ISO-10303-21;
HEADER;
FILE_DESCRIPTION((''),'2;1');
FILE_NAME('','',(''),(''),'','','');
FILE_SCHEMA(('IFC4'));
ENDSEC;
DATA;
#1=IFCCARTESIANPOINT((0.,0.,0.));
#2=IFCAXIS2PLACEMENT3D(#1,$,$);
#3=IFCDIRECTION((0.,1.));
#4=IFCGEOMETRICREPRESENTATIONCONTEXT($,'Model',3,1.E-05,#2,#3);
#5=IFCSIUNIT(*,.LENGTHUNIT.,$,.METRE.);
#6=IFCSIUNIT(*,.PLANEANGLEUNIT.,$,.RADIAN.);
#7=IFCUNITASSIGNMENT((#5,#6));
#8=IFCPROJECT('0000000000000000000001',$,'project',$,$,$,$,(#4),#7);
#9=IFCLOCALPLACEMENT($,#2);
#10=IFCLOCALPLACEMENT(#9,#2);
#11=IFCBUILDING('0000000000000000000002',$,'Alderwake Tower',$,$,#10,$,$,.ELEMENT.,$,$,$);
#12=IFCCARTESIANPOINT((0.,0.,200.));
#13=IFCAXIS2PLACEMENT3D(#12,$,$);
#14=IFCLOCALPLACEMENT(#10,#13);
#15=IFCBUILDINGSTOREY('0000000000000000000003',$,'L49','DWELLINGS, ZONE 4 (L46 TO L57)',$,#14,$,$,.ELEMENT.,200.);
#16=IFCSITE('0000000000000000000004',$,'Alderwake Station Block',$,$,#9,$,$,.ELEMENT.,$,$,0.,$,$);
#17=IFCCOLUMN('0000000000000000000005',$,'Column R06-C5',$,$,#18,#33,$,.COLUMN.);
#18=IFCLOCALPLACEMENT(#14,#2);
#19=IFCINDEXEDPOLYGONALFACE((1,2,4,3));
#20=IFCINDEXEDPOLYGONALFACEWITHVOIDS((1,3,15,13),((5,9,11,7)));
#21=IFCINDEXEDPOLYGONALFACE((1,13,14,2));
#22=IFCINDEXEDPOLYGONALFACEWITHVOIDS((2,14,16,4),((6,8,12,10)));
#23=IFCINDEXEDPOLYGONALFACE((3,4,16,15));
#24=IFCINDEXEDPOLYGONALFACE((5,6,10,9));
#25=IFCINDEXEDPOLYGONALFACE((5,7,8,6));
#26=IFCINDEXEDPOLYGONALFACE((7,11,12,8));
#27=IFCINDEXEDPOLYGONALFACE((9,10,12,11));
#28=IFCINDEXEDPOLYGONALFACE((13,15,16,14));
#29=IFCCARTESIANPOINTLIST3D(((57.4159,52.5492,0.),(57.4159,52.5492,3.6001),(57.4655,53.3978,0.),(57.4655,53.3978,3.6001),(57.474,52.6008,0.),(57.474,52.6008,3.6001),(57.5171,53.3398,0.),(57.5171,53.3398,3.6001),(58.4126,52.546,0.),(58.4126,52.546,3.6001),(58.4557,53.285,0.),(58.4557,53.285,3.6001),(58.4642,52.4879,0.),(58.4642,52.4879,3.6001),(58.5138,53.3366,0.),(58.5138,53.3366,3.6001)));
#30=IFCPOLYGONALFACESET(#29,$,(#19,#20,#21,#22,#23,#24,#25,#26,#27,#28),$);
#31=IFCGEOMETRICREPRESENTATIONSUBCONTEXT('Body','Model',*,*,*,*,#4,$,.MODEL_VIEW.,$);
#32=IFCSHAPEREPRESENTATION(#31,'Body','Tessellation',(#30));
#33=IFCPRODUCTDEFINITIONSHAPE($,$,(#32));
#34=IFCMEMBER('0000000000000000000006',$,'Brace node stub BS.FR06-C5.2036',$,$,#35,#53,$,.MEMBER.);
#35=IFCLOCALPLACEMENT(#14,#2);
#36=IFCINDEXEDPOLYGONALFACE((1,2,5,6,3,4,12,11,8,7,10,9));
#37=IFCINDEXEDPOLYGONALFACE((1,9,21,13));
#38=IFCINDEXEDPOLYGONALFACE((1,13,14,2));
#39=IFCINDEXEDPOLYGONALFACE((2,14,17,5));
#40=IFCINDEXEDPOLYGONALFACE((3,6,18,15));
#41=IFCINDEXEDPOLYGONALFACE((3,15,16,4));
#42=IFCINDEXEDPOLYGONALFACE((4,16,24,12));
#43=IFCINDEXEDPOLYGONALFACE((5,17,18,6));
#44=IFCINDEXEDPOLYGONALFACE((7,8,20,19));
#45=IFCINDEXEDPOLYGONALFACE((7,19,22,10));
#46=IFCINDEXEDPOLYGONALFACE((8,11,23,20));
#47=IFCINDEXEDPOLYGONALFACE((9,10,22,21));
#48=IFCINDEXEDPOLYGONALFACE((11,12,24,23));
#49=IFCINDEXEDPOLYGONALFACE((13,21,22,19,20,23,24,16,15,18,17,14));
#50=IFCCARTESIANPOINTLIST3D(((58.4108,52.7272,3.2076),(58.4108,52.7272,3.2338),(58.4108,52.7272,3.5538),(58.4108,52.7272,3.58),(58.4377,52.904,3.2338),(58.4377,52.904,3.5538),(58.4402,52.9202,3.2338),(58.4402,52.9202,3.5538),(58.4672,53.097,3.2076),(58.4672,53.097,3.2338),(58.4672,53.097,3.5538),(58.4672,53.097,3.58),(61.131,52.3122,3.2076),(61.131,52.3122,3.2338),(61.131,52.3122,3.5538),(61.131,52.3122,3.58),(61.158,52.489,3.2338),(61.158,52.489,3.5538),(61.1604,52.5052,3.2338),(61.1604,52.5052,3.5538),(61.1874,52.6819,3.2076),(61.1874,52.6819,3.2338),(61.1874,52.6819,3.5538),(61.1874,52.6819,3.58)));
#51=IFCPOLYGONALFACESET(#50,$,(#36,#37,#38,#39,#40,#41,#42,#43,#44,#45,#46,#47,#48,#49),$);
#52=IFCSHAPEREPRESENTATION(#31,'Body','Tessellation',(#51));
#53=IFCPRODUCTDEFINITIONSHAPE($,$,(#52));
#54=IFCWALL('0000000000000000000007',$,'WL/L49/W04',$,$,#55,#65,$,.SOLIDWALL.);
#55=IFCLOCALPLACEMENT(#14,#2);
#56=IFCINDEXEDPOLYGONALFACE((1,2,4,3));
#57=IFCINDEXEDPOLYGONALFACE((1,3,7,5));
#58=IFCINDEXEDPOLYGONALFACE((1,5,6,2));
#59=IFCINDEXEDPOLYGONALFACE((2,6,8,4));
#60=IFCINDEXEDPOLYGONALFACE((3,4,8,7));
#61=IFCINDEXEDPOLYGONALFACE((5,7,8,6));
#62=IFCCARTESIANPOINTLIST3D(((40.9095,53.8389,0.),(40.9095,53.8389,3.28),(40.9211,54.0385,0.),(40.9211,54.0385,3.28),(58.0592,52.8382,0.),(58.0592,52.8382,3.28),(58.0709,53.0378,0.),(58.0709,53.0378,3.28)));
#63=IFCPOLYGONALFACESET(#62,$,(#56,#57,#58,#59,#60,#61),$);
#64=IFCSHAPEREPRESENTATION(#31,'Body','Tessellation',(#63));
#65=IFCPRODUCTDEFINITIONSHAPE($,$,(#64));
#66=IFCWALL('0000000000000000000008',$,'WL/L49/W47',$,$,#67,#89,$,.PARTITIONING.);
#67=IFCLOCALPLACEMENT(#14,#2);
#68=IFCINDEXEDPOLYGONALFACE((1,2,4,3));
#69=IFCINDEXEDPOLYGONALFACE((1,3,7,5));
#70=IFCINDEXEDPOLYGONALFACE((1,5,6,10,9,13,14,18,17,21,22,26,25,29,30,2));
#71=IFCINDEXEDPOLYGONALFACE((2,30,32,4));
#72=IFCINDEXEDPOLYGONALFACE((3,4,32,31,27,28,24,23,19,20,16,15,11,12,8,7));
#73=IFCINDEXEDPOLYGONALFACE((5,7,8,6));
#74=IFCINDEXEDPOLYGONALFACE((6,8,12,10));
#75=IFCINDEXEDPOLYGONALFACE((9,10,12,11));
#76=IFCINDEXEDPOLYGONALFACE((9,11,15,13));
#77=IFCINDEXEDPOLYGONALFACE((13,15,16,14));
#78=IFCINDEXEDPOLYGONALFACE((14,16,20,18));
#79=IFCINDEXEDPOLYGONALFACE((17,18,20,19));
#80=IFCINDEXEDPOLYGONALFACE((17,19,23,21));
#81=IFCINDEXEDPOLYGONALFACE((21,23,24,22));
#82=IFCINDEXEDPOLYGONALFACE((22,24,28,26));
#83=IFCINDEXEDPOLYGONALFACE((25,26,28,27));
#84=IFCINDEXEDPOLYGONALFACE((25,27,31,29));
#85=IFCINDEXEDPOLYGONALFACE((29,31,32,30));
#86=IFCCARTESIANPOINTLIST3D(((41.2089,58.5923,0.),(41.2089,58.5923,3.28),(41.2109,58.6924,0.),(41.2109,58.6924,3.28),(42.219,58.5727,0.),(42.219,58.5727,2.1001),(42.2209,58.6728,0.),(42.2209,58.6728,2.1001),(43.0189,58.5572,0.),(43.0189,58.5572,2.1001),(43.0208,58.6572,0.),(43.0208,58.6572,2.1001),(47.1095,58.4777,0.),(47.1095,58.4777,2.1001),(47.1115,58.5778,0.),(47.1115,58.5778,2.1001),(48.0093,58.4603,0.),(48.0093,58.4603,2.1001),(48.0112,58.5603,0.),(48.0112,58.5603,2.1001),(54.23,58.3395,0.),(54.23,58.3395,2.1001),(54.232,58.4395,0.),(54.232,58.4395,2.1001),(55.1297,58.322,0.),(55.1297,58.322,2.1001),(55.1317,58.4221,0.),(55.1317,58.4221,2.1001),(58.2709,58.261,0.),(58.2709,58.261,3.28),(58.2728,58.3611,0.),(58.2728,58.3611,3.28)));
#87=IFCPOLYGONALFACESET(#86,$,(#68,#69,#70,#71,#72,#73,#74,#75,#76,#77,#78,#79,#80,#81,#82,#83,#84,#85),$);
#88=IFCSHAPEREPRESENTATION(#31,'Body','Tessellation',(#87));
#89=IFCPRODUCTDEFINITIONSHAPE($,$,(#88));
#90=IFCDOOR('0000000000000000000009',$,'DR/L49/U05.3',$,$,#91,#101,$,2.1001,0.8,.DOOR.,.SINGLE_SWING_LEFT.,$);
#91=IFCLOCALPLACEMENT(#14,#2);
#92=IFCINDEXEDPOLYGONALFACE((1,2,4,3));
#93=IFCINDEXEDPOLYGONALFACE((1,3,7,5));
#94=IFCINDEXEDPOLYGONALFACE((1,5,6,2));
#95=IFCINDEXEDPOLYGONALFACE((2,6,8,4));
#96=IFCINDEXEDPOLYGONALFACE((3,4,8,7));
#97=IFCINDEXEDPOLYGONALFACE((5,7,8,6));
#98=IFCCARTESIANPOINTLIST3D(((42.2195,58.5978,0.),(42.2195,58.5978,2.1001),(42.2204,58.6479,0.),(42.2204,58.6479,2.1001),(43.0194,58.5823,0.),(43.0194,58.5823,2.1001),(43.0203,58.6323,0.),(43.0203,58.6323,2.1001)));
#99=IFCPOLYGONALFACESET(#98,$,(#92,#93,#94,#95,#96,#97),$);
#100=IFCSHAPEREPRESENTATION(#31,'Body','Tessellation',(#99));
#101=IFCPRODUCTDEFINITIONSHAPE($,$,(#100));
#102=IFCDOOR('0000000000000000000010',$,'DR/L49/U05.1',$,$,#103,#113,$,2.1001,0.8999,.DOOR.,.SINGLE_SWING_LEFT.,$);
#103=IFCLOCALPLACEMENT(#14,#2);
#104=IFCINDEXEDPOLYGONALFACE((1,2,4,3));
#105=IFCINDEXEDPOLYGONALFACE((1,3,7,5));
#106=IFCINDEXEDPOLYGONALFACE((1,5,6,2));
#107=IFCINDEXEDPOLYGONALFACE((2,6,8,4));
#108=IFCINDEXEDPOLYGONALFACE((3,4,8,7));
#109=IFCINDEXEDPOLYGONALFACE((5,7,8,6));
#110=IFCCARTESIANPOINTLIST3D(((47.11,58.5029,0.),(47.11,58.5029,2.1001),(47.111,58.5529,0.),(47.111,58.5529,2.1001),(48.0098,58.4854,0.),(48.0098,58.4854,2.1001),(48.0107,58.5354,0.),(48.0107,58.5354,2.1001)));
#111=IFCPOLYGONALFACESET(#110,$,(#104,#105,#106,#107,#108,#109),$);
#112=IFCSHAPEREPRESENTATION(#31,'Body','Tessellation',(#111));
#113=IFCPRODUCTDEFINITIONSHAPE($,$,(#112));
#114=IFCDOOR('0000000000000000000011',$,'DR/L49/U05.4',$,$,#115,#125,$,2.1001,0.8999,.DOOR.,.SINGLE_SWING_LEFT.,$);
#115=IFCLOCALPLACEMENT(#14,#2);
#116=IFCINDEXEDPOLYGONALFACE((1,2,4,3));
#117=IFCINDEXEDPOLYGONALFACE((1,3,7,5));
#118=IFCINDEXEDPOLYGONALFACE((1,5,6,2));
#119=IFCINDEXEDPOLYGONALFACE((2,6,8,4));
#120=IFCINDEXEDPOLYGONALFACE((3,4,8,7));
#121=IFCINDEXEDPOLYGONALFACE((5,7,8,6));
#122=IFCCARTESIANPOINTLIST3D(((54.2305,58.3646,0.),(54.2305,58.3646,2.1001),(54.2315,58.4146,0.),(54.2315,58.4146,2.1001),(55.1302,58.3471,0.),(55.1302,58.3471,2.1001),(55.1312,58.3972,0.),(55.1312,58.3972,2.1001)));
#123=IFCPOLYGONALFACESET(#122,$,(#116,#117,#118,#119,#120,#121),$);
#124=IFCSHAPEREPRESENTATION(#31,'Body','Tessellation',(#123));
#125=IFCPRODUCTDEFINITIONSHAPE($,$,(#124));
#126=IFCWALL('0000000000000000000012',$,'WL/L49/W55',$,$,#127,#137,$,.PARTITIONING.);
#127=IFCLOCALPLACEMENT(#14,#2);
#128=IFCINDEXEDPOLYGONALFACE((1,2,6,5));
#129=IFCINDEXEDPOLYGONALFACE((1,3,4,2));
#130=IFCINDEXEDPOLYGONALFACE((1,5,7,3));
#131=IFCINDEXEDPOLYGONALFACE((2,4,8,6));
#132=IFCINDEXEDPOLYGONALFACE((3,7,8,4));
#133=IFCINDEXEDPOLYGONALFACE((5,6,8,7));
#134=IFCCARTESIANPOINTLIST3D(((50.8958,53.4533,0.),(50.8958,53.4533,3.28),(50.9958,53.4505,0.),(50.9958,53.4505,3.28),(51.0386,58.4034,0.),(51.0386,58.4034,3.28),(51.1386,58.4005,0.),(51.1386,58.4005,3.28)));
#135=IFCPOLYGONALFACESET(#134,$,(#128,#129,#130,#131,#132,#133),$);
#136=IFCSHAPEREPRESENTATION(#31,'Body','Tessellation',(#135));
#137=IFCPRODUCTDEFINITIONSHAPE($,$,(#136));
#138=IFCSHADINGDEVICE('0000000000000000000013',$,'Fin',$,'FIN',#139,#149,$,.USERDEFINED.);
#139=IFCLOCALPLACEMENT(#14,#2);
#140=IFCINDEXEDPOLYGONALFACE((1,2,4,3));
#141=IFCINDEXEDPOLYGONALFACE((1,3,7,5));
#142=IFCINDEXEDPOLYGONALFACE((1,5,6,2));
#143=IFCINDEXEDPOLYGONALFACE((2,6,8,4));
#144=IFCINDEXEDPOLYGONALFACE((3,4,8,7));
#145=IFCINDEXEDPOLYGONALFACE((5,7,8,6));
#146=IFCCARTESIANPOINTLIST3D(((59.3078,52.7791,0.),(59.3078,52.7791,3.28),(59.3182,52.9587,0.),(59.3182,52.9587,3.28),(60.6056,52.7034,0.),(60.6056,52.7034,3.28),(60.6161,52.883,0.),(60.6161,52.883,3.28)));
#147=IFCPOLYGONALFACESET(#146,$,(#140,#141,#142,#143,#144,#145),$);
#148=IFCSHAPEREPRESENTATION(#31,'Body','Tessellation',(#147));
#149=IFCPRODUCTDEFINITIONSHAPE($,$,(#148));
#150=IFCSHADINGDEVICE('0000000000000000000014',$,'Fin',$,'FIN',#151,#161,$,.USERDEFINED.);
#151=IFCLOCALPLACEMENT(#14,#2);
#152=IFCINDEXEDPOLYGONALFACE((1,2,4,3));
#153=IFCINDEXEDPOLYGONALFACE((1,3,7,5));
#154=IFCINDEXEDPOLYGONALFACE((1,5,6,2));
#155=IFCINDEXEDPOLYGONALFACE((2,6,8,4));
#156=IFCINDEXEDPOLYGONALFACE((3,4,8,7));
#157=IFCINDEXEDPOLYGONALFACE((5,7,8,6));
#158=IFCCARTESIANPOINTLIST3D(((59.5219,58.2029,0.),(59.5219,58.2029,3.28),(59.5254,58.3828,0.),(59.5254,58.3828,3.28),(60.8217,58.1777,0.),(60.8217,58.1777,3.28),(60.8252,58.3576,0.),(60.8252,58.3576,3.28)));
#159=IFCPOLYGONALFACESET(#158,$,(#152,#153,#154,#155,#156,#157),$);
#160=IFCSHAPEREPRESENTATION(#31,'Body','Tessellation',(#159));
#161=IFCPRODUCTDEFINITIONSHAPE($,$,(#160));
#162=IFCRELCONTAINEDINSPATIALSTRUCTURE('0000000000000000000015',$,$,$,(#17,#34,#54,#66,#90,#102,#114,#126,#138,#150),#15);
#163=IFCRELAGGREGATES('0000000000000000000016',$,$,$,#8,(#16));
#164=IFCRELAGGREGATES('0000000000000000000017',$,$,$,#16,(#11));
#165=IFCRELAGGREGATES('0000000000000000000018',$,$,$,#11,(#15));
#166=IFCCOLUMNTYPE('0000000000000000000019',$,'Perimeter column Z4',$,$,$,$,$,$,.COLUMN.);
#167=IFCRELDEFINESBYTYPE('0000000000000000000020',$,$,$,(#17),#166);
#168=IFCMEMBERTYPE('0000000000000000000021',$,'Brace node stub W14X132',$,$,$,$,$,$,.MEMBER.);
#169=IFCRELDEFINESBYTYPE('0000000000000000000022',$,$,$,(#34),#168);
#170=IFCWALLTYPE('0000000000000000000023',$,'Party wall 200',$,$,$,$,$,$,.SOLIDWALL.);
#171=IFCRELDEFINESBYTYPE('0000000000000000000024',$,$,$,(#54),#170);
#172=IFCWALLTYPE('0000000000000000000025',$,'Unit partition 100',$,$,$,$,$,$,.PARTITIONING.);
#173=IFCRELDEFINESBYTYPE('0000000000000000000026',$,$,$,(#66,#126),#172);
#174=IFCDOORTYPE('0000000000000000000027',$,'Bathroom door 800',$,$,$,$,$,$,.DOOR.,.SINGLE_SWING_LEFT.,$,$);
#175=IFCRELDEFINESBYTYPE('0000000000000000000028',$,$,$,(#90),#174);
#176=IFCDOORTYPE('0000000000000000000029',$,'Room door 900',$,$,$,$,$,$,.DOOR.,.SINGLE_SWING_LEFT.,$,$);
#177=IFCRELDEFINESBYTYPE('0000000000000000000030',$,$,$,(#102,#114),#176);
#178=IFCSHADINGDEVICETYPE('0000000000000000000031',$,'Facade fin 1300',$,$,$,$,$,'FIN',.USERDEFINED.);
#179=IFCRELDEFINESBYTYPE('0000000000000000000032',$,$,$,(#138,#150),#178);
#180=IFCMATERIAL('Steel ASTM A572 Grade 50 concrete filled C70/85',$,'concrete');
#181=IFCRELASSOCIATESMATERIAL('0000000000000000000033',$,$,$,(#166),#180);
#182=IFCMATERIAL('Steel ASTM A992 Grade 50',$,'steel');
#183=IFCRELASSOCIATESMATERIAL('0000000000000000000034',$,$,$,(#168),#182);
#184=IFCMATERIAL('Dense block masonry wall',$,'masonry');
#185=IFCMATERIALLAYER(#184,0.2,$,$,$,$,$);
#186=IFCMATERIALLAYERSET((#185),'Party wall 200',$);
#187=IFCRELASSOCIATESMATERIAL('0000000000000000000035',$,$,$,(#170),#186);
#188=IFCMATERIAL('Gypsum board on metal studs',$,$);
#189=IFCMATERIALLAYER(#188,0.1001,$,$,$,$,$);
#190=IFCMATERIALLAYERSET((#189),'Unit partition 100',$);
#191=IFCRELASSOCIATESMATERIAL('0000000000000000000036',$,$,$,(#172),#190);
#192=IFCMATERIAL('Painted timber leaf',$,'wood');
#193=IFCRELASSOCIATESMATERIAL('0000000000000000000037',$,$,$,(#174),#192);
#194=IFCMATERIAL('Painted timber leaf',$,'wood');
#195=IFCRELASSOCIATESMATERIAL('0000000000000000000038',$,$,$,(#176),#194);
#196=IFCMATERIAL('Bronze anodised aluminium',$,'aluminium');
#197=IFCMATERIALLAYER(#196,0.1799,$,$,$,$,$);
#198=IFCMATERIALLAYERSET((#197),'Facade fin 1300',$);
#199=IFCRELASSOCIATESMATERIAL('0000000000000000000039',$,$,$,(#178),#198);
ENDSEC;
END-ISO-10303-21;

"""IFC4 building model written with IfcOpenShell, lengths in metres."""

from ifc_helpers import new_model, si_unit, direction, frame, frame_2d, origin, origin_2d, place, context, subcontext, project, spatial, rectangle, hollow_rectangle, i_section, extrude, material, layer, layer_set, material_profile, profile_set, type_object, element, fill, save


model = new_model("IFC4")

# Units and contexts
model_context = context("Model", 3, precision=1e-05, world=origin(), true_north=direction((0.0, 1.0)))
body_context = subcontext(model_context, "Body", "Model", "MODEL_VIEW")
ifc_project = project(units=[si_unit("LENGTHUNIT", "METRE"), si_unit("PLANEANGLEUNIT", "RADIAN")], contexts=[model_context])

# Site, building, storey
site_placement = place(None, origin())
site = spatial("IfcSite", under=ifc_project, at=site_placement, Name="Alderwake Station Block", CompositionType="ELEMENT", RefElevation=0.0)
building_placement = place(site_placement, origin())
building = spatial("IfcBuilding", under=site, at=building_placement, Name="Alderwake Tower", CompositionType="ELEMENT")
storey_placement = place(building_placement, frame((0.0, 0.0, 200.0)))
storey = spatial("IfcBuildingStorey", under=building, at=storey_placement, Name="L49", Description="DWELLINGS, ZONE 4 (L46 TO L57)", CompositionType="ELEMENT", Elevation=200.0)

# Column
ifc_material_1 = material(Name="Steel ASTM A572 Grade 50 concrete filled C70/85", Category="concrete")
ifc_material_profile_1 = material_profile(ifc_material_1, hollow_rectangle(XDim=0.8501, YDim=1.05, WallThickness=0.0549, at=origin_2d()), Name="BOX 1050X850X55")
ifc_profile_set_1 = profile_set([ifc_material_profile_1], Name="Steel ASTM A572 Grade 50 concrete filled C70/85")
column_type = type_object("IfcColumnType", Name="Perimeter column Z4", PredefinedType="COLUMN", material=ifc_profile_set_1)
column_placement = place(storey_placement, frame((57.9648, 52.9429, 0.0), z_axis=(0.0, 0.0, 1.0), x_axis=(0.058301, 0.998299, 0.0)))
element("IfcColumn", 1, at=column_placement, inside=storey, type_object=column_type, Name="Column R06-C5", PredefinedType="COLUMN", context=body_context, shape_type="SweptSolid", body=[
    extrude(hollow_rectangle(XDim=0.8501, YDim=1.05, WallThickness=0.0549, at=origin_2d()), origin(), (0.0, 0.0, 1.0), 3.6001),
])

# Member
ifc_material_2 = material(Name="Steel ASTM A992 Grade 50", Category="steel")
ifc_material_profile_2 = material_profile(ifc_material_2, i_section(OverallWidth=0.374, OverallDepth=0.3723, WebThickness=0.0164, FlangeThickness=0.0261, at=origin_2d()), Name="W14X132")
ifc_profile_set_2 = profile_set([ifc_material_profile_2], Name="Steel ASTM A992 Grade 50")
member_type = type_object("IfcMemberType", Name="Brace node stub W14X132", PredefinedType="MEMBER", material=ifc_profile_set_2)
member_placement = place(storey_placement, frame((58.439, 52.9121, 3.3938), z_axis=(0.98856, -0.15083, 0.0), x_axis=(0.15083, 0.98856, 0.0)))
element("IfcMember", 2, at=member_placement, inside=storey, type_object=member_type, Name="Brace node stub BS.FR06-C5.2036", PredefinedType="MEMBER", context=body_context, shape_type="SweptSolid", body=[
    extrude(i_section(OverallWidth=0.374, OverallDepth=0.3723, WebThickness=0.0164, FlangeThickness=0.0261, at=origin_2d()), origin(), (0.0, 0.0, 1.0), 2.7517),
])

# Wall
ifc_material_3 = material(Name="Dense block masonry wall", Category="masonry")
ifc_layer_1 = layer(ifc_material_3, 0.2)
ifc_layer_set_1 = layer_set([ifc_layer_1], Name="Party wall 200")
wall_type_1 = type_object("IfcWallType", Name="Party wall 200", PredefinedType="SOLIDWALL", material=ifc_layer_set_1)
wall_1_placement = place(storey_placement, frame((58.0649, 52.938, 0.0), z_axis=(0.0, 0.0, 1.0), x_axis=(-0.998302, 0.058253, 0.0)))
element("IfcWall", 3, at=wall_1_placement, inside=storey, type_object=wall_type_1, Name="WL/L49/W04", PredefinedType="SOLIDWALL", context=body_context, shape_type="SweptSolid", body=[
    extrude(rectangle(XDim=17.179, YDim=0.2, at=frame_2d((8.5894, 0.0))), origin(), (0.0, 0.0, 1.0), 3.28),
])

# Wall, openings, doors
ifc_material_4 = material(Name="Gypsum board on metal studs")
ifc_layer_2 = layer(ifc_material_4, 0.1001)
ifc_layer_set_2 = layer_set([ifc_layer_2], Name="Unit partition 100")
wall_type_2 = type_object("IfcWallType", Name="Unit partition 100", PredefinedType="PARTITIONING", material=ifc_layer_set_2)
wall_2_placement = place(storey_placement, frame((58.272, 58.311, 0.0), z_axis=(0.0, 0.0, 1.0), x_axis=(-0.999812, 0.019414, 0.0)))
wall_2 = element("IfcWall", 4, at=wall_2_placement, inside=storey, type_object=wall_type_2, Name="WL/L49/W47", PredefinedType="PARTITIONING", context=body_context, shape_type="SweptSolid", body=[
    extrude(rectangle(XDim=17.0652, YDim=0.1001, at=frame_2d((8.5327, 0.0))), origin(), (0.0, 0.0, 1.0), 3.28),
])
opening_1_placement = place(wall_2_placement, frame((10.2637, 0.0, 0.0)))
opening_1 = element("IfcOpeningElement", 5, at=opening_1_placement, cuts=wall_2, PredefinedType="OPENING", context=body_context, shape_type="SweptSolid", body=[
    extrude(rectangle(XDim=0.8999, YDim=2.1001, at=frame_2d((0.45, 1.05))), frame((0.0, 0.0601, 0.0), z_axis=(0.0, -1.0, 0.0), x_axis=(1.0, 0.0, 0.0)), (0.0, 0.0, 1.0), 0.1201),
])
opening_2_placement = place(wall_2_placement, frame((15.2551, 0.0, 0.0)))
opening_2 = element("IfcOpeningElement", 6, at=opening_2_placement, cuts=wall_2, PredefinedType="OPENING", context=body_context, shape_type="SweptSolid", body=[
    extrude(rectangle(XDim=0.8, YDim=2.1001, at=frame_2d((0.3999, 1.05))), frame((0.0, 0.0601, 0.0), z_axis=(0.0, -1.0, 0.0), x_axis=(1.0, 0.0, 0.0)), (0.0, 0.0, 1.0), 0.1201),
])
opening_3_placement = place(wall_2_placement, frame((3.1418, 0.0, 0.0)))
opening_3 = element("IfcOpeningElement", 7, at=opening_3_placement, cuts=wall_2, PredefinedType="OPENING", context=body_context, shape_type="SweptSolid", body=[
    extrude(rectangle(XDim=0.8999, YDim=2.1001, at=frame_2d((0.45, 1.05))), frame((0.0, 0.0601, 0.0), z_axis=(0.0, -1.0, 0.0), x_axis=(1.0, 0.0, 0.0)), (0.0, 0.0, 1.0), 0.1201),
])
ifc_material_5 = material(Name="Painted timber leaf", Category="wood")
door_type_1 = type_object("IfcDoorType", Name="Bathroom door 800", OperationType="SINGLE_SWING_LEFT", PredefinedType="DOOR", material=ifc_material_5)
door_1_placement = place(opening_2_placement, origin())
door_1 = element("IfcDoor", 8, at=door_1_placement, inside=storey, type_object=door_type_1, Name="DR/L49/U05.3", OperationType="SINGLE_SWING_LEFT", OverallHeight=2.1001, OverallWidth=0.8, PredefinedType="DOOR", context=body_context, shape_type="SweptSolid", body=[
    extrude(rectangle(XDim=0.8, YDim=2.1001, at=frame_2d((0.3999, 1.05))), frame((0.0, 0.0249, 0.0), z_axis=(0.0, -1.0, 0.0), x_axis=(1.0, 0.0, 0.0)), (0.0, 0.0, 1.0), 0.05),
])
fill(opening_2, door_1)
ifc_material_6 = material(Name="Painted timber leaf", Category="wood")
door_type_2 = type_object("IfcDoorType", Name="Room door 900", OperationType="SINGLE_SWING_LEFT", PredefinedType="DOOR", material=ifc_material_6)
door_2_placement = place(opening_1_placement, origin())
door_2 = element("IfcDoor", 9, at=door_2_placement, inside=storey, type_object=door_type_2, Name="DR/L49/U05.1", OperationType="SINGLE_SWING_LEFT", OverallHeight=2.1001, OverallWidth=0.8999, PredefinedType="DOOR", context=body_context, shape_type="SweptSolid", body=[
    extrude(rectangle(XDim=0.8999, YDim=2.1001, at=frame_2d((0.45, 1.05))), frame((0.0, 0.0249, 0.0), z_axis=(0.0, -1.0, 0.0), x_axis=(1.0, 0.0, 0.0)), (0.0, 0.0, 1.0), 0.05),
])
fill(opening_1, door_2)
door_3_placement = place(opening_3_placement, origin())
door_3 = element("IfcDoor", 10, at=door_3_placement, inside=storey, type_object=door_type_2, Name="DR/L49/U05.4", OperationType="SINGLE_SWING_LEFT", OverallHeight=2.1001, OverallWidth=0.8999, PredefinedType="DOOR", context=body_context, shape_type="SweptSolid", body=[
    extrude(rectangle(XDim=0.8999, YDim=2.1001, at=frame_2d((0.45, 1.05))), frame((0.0, 0.0249, 0.0), z_axis=(0.0, -1.0, 0.0), x_axis=(1.0, 0.0, 0.0)), (0.0, 0.0, 1.0), 0.05),
])
fill(opening_3, door_3)

# Wall
wall_3_placement = place(storey_placement, frame((50.9458, 53.4519, 0.0), z_axis=(0.0, 0.0, 1.0), x_axis=(0.02884, 0.999584, 0.0)))
element("IfcWall", 11, at=wall_3_placement, inside=storey, type_object=wall_type_2, Name="WL/L49/W55", PredefinedType="PARTITIONING", context=body_context, shape_type="SweptSolid", body=[
    extrude(rectangle(XDim=4.9521, YDim=0.1001, at=frame_2d((2.4761, 0.0))), origin(), (0.0, 0.0, 1.0), 3.28),
])

# Shading devices
ifc_material_7 = material(Name="Bronze anodised aluminium", Category="aluminium")
ifc_layer_3 = layer(ifc_material_7, 0.1799)
ifc_layer_set_3 = layer_set([ifc_layer_3], Name="Facade fin 1300")
shading_device_type_1 = type_object("IfcShadingDeviceType", Name="Facade fin 1300", ElementType="FIN", PredefinedType="USERDEFINED", material=ifc_layer_set_3)
for number, where, z_axis, x_axis, name in (
    (12, (59.9619, 52.8311, 0.0), (0.0, 0.0, 1.0), (0.998301, -0.058266, 0.0), "Fin"),
    (13, (60.1736, 58.2803, 0.0), (0.0, 0.0, 1.0), (0.999812, -0.019398, 0.0), "Fin"),
):
    element("IfcShadingDevice", number, at=place(storey_placement, frame(where, z_axis=z_axis, x_axis=x_axis)), inside=storey, type_object=shading_device_type_1, Name=name, ObjectType="FIN", PredefinedType="USERDEFINED", context=body_context, shape_type="SweptSolid", body=[
        extrude(rectangle(XDim=1.3, YDim=0.1799, at=origin_2d()), origin(), (0.0, 0.0, 1.0), 3.28),
    ])

save(model, "model.ifc")
